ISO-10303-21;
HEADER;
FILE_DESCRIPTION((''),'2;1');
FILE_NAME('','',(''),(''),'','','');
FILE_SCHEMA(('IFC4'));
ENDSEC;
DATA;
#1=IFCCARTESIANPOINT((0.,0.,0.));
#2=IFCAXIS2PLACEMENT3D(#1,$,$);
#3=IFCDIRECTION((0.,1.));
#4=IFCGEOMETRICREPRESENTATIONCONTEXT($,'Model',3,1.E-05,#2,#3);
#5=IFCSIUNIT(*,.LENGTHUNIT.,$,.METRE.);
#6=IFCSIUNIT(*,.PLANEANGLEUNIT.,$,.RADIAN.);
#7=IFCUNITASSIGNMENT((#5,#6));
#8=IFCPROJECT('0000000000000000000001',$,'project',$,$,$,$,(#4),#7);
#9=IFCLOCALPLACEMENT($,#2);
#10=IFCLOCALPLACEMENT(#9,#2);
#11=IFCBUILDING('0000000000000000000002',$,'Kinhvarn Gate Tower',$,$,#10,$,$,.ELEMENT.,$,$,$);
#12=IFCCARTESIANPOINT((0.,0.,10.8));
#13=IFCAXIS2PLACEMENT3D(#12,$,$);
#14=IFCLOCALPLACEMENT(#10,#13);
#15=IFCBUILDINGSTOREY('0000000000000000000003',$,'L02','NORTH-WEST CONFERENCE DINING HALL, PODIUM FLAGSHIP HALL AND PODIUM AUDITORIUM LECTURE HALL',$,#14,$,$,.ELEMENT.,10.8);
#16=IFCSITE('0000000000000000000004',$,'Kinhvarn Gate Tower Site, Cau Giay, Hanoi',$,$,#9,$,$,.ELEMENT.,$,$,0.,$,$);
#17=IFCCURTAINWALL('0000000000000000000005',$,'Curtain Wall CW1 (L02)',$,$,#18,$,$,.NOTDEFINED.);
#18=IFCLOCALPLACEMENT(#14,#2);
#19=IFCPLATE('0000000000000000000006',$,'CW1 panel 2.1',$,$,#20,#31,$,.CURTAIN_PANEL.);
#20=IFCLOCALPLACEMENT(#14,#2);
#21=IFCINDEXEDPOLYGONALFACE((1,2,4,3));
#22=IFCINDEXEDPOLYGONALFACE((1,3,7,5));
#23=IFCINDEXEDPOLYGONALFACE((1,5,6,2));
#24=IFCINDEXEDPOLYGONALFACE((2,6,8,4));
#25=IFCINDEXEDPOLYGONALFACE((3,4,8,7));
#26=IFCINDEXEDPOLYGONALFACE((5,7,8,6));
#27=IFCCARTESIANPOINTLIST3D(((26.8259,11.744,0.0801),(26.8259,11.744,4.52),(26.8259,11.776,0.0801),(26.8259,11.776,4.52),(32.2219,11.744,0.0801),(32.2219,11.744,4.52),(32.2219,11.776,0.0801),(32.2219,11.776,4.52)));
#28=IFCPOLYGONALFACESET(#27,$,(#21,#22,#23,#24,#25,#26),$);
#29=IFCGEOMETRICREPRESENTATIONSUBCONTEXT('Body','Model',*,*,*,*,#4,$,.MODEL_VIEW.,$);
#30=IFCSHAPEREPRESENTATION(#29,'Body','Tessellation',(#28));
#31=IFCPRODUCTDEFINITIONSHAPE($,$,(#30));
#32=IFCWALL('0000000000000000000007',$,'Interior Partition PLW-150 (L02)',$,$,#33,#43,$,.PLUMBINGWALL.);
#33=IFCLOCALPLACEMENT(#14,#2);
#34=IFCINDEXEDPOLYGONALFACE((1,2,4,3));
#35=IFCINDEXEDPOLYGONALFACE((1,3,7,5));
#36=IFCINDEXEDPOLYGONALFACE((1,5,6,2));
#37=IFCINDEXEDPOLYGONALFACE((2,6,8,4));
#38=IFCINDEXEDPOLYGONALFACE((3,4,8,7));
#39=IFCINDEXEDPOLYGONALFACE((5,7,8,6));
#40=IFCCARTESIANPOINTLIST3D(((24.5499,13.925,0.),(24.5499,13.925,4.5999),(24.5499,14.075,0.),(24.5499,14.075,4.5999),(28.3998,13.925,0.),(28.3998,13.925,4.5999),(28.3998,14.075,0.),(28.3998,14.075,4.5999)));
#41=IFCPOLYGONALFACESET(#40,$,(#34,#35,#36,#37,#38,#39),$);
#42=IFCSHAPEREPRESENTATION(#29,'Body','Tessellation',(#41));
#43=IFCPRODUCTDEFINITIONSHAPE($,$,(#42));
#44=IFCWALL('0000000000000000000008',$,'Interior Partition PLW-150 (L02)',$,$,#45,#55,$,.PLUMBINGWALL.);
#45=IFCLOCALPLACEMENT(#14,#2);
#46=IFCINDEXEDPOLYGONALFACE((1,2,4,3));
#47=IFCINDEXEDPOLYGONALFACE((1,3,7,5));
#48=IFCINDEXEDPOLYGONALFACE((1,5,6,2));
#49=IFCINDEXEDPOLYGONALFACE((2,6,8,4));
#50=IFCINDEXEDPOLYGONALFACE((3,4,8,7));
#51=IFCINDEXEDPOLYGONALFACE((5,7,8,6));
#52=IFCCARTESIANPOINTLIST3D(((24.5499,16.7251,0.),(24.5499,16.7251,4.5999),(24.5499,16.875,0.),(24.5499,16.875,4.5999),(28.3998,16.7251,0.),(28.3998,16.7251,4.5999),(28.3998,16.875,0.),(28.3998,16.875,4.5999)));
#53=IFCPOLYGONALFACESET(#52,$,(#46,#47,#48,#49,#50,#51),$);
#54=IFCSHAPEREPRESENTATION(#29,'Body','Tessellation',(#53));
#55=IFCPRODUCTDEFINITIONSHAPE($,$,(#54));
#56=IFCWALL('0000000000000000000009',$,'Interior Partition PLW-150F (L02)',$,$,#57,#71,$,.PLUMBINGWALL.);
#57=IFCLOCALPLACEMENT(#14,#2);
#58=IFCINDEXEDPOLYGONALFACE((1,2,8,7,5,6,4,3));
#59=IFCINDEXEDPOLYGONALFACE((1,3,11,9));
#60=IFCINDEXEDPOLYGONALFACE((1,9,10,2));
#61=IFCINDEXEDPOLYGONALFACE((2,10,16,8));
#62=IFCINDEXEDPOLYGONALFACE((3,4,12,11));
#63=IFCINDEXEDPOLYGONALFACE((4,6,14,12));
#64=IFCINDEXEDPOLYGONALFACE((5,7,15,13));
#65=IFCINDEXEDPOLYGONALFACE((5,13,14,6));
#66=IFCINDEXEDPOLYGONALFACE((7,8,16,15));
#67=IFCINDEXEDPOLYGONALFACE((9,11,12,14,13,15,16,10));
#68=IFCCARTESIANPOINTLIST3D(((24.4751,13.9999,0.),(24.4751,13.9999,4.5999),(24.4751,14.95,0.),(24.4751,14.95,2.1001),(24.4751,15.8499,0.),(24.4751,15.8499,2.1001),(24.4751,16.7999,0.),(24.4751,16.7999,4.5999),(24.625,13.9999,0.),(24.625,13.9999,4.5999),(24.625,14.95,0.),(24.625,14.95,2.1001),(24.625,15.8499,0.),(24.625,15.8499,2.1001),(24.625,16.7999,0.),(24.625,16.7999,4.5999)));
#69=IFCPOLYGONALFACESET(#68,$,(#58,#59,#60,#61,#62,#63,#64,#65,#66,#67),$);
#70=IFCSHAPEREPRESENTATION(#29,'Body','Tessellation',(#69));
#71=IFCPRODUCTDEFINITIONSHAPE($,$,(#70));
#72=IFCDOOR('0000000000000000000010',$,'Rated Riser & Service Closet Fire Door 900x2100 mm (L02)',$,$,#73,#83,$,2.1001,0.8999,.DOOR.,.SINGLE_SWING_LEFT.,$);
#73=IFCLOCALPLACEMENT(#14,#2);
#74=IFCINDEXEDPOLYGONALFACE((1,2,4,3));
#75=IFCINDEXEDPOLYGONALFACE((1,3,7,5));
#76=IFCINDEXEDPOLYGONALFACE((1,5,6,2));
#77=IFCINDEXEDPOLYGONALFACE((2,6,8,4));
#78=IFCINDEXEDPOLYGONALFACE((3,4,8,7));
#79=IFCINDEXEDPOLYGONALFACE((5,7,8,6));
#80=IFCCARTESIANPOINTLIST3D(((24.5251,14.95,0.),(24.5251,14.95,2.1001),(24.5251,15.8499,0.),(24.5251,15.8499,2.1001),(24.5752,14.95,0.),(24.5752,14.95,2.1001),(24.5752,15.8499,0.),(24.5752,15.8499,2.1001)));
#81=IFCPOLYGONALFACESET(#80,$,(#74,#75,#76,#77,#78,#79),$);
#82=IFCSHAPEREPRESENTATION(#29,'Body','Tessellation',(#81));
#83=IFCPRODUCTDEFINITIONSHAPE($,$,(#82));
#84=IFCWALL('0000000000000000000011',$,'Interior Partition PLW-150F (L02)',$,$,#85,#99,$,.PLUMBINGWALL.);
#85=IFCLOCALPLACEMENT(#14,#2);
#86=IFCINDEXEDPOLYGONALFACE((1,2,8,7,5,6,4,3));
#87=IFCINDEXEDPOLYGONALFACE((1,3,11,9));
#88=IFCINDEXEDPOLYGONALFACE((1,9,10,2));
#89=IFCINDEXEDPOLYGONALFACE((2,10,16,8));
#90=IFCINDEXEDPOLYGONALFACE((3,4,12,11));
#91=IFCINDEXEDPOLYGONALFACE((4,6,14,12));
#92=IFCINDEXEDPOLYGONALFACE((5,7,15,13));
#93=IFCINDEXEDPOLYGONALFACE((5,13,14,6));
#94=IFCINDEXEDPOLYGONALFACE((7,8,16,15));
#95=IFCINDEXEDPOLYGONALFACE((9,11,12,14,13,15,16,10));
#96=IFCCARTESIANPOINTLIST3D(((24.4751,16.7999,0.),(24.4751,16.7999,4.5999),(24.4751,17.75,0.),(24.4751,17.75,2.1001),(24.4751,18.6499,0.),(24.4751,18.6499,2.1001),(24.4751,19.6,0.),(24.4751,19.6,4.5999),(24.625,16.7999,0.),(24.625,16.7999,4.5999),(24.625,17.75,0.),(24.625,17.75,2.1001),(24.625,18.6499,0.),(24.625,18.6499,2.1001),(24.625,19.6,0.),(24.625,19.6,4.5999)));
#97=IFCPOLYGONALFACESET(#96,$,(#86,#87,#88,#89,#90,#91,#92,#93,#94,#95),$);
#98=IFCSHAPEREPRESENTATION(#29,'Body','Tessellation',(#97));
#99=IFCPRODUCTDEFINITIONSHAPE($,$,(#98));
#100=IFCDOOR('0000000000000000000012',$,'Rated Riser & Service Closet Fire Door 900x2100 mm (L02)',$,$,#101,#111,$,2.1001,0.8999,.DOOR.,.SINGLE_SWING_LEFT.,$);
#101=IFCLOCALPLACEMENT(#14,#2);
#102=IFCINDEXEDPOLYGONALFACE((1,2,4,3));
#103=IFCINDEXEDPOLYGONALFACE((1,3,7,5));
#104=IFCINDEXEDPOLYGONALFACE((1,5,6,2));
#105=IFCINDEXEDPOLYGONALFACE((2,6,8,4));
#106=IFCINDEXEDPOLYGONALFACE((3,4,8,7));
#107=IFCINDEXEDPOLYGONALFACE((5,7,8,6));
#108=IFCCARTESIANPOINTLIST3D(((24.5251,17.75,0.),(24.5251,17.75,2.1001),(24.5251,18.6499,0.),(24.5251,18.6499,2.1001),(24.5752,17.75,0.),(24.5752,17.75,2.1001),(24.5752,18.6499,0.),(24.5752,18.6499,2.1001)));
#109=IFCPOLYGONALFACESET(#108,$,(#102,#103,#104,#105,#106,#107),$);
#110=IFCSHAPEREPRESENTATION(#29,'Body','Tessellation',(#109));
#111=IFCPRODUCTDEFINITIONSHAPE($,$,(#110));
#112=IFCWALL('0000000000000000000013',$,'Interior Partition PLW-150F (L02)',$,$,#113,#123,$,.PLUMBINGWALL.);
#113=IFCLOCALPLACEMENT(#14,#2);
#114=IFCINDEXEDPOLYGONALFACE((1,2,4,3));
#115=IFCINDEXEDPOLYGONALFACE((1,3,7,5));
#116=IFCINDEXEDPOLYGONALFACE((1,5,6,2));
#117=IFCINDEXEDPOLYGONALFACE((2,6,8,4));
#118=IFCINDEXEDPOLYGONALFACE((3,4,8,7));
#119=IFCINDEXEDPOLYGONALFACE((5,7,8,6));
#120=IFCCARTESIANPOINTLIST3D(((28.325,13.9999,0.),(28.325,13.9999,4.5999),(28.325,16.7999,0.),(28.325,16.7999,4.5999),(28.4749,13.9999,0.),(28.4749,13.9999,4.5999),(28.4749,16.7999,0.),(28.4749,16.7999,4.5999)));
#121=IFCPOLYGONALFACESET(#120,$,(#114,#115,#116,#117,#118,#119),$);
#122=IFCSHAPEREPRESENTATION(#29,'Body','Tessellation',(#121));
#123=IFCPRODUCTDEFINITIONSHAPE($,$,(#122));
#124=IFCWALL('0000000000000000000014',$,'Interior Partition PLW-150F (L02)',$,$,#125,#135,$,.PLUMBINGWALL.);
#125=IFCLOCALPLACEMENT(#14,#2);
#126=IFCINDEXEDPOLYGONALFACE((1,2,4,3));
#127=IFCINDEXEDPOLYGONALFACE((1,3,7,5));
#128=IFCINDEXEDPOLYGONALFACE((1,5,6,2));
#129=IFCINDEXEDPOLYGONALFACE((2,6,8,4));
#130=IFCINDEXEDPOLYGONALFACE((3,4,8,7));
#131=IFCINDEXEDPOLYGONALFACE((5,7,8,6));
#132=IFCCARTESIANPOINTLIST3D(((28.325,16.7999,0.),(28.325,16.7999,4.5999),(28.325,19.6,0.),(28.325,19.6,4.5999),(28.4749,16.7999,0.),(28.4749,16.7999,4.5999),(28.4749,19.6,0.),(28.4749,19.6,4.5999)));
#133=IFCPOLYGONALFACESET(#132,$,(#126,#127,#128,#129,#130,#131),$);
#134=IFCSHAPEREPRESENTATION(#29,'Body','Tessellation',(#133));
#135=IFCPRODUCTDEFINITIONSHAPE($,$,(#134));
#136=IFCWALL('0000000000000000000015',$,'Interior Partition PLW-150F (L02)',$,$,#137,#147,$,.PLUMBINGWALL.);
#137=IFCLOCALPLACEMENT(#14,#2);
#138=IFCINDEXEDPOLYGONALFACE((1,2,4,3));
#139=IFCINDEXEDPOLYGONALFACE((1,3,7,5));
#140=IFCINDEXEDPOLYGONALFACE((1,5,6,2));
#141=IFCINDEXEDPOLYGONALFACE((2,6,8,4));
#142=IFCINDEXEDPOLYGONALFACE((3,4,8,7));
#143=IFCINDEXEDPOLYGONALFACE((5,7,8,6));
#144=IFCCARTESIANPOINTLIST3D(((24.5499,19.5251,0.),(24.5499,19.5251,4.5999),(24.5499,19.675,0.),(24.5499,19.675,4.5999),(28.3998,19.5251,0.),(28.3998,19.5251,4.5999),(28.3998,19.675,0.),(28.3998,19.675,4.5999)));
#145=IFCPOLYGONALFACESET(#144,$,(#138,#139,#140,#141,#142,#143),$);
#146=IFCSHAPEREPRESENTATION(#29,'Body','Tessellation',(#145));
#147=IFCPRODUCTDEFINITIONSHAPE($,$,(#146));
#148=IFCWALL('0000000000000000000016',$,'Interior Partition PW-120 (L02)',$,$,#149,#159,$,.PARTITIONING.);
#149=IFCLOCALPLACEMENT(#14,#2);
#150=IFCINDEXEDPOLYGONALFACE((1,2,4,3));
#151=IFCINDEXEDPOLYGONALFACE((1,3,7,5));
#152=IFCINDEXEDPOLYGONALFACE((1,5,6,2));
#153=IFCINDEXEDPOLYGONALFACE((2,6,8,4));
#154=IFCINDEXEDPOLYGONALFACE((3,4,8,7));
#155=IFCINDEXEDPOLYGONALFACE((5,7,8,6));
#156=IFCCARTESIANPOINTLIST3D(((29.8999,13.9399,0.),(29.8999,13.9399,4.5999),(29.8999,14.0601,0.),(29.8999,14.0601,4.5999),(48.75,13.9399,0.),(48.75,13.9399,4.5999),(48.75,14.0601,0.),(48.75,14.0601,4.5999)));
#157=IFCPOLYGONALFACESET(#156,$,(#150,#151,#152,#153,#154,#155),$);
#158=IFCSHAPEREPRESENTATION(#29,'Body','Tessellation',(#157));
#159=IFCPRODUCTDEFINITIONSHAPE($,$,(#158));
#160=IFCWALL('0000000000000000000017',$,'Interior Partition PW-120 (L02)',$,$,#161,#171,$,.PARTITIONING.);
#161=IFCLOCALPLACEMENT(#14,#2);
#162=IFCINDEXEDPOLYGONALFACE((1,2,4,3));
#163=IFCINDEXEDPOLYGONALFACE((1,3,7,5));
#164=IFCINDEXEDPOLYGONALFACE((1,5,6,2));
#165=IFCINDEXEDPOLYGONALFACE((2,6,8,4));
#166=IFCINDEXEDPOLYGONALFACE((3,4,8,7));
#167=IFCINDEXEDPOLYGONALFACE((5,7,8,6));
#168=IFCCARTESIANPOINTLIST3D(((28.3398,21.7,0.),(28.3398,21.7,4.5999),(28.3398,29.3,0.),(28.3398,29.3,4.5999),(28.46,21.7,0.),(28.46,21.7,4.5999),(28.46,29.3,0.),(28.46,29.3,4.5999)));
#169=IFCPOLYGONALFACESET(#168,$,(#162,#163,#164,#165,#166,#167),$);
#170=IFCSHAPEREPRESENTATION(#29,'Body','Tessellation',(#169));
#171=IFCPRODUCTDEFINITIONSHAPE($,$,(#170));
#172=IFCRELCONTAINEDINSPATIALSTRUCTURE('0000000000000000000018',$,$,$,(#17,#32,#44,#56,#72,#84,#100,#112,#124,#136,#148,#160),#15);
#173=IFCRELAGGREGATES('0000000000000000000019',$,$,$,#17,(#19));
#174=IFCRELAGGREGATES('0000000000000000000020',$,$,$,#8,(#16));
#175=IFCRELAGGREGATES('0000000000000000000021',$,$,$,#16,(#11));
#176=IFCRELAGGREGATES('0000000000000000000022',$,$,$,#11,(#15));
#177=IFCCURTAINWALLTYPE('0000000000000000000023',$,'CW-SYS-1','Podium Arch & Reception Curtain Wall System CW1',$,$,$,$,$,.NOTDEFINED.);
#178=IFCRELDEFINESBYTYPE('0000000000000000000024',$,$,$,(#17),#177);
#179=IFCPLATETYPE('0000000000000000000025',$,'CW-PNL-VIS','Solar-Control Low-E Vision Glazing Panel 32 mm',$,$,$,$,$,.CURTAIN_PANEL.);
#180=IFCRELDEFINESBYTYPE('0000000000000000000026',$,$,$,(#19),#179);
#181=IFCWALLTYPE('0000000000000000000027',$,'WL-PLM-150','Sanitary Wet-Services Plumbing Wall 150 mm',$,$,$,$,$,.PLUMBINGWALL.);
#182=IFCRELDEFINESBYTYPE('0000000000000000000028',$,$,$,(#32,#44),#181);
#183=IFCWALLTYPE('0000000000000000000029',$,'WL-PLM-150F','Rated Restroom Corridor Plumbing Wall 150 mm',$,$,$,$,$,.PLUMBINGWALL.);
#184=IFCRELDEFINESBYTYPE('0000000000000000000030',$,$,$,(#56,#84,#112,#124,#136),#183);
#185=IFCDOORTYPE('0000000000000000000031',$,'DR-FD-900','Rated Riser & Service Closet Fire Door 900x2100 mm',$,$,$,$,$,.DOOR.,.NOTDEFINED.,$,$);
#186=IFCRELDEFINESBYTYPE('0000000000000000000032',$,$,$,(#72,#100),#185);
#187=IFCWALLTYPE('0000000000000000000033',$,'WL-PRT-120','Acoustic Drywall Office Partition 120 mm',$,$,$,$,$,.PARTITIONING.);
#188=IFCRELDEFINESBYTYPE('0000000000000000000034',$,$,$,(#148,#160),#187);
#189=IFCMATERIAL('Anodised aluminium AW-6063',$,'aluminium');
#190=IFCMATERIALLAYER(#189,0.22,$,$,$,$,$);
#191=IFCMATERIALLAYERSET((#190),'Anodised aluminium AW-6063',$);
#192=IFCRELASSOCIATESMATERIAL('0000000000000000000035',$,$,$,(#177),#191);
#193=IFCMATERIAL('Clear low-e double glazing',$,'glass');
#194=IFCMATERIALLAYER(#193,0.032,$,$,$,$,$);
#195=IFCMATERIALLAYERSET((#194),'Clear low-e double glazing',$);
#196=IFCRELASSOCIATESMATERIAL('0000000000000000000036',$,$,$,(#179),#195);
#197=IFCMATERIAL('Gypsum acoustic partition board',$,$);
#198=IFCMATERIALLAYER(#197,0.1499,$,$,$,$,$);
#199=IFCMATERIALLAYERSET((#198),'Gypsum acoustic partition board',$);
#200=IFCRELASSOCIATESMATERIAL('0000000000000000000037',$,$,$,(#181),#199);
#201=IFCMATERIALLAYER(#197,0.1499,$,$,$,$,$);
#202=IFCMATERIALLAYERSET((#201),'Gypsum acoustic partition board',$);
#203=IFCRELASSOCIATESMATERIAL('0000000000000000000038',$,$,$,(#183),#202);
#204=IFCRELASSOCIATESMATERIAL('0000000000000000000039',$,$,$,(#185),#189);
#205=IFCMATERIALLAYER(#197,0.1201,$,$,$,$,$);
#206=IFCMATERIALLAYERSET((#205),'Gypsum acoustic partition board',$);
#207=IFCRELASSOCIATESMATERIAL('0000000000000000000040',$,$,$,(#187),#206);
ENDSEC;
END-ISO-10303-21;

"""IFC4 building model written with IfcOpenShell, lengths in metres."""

from ifc_helpers import new_model, si_unit, direction, frame, frame_2d, origin, origin_2d, place, context, subcontext, project, spatial, rectangle, extrude, material, layer, layer_set, type_object, element, fill, aggregate, save


model = new_model("IFC4")

# Units and contexts
model_context = context("Model", 3, precision=1e-05, world=origin(), true_north=direction((0.0, 1.0)))
body_context = subcontext(model_context, "Body", "Model", "MODEL_VIEW")
ifc_project = project(units=[si_unit("LENGTHUNIT", "METRE"), si_unit("PLANEANGLEUNIT", "RADIAN")], contexts=[model_context])

# Site, building, storey
site_placement = place(None, origin())
site = spatial("IfcSite", under=ifc_project, at=site_placement, Name="Kinhvarn Gate Tower Site, Cau Giay, Hanoi", CompositionType="ELEMENT", RefElevation=0.0)
building_placement = place(site_placement, origin())
building = spatial("IfcBuilding", under=site, at=building_placement, Name="Kinhvarn Gate Tower", CompositionType="ELEMENT")
storey_placement = place(building_placement, frame((0.0, 0.0, 10.8)))
storey = spatial("IfcBuildingStorey", under=building, at=storey_placement, Name="L02", Description="NORTH-WEST CONFERENCE DINING HALL, PODIUM FLAGSHIP HALL AND PODIUM AUDITORIUM LECTURE HALL", CompositionType="ELEMENT", Elevation=10.8)

# Curtain wall
ifc_material_1 = material(Name="Anodised aluminium AW-6063", Category="aluminium")
ifc_layer_1 = layer(ifc_material_1, 0.22)
ifc_layer_set_1 = layer_set([ifc_layer_1], Name="Anodised aluminium AW-6063")
curtain_wall_type = type_object("IfcCurtainWallType", Name="CW-SYS-1", Description="Podium Arch & Reception Curtain Wall System CW1", PredefinedType="NOTDEFINED", material=ifc_layer_set_1)
curtain_wall_placement = place(storey_placement, origin())
curtain_wall = element("IfcCurtainWall", 1, at=curtain_wall_placement, inside=storey, type_object=curtain_wall_type, Name="Curtain Wall CW1 (L02)", PredefinedType="NOTDEFINED")

# Plate
ifc_material_2 = material(Name="Clear low-e double glazing", Category="glass")
ifc_layer_2 = layer(ifc_material_2, 0.032)
ifc_layer_set_2 = layer_set([ifc_layer_2], Name="Clear low-e double glazing")
plate_type = type_object("IfcPlateType", Name="CW-PNL-VIS", Description="Solar-Control Low-E Vision Glazing Panel 32 mm", PredefinedType="CURTAIN_PANEL", material=ifc_layer_set_2)
plate_1_placement = place(storey_placement, frame((29.5239, 11.76, 0.0801), z_axis=(0.0, 0.0, 1.0), x_axis=(1.0, 0.0, 0.0)))
plate_1 = element("IfcPlate", 2, at=plate_1_placement, type_object=plate_type, Name="CW1 panel 2.1", PredefinedType="CURTAIN_PANEL", context=body_context, shape_type="SweptSolid", body=[
    extrude(rectangle(XDim=5.396, YDim=0.032, at=origin_2d()), origin(), (0.0, 0.0, 1.0), 4.4399),
])
aggregate(curtain_wall, [plate_1])

# Walls
ifc_material_3 = material(Name="Gypsum acoustic partition board")
ifc_layer_3 = layer(ifc_material_3, 0.1499)
ifc_layer_set_3 = layer_set([ifc_layer_3], Name="Gypsum acoustic partition board")
wall_type_1 = type_object("IfcWallType", Name="WL-PLM-150", Description="Sanitary Wet-Services Plumbing Wall 150 mm", PredefinedType="PLUMBINGWALL", material=ifc_layer_set_3)
for number, where, z_axis, x_axis, name in (
    (3, (24.55, 14.0, 0.0), (0.0, 0.0, 1.0), (1.0, 0.0, 0.0), "Interior Partition PLW-150 (L02)"),
    (4, (24.55, 16.8, 0.0), (0.0, 0.0, 1.0), (1.0, 0.0, 0.0), "Interior Partition PLW-150 (L02)"),
):
    element("IfcWall", number, at=place(storey_placement, frame(where, z_axis=z_axis, x_axis=x_axis)), inside=storey, type_object=wall_type_1, Name=name, PredefinedType="PLUMBINGWALL", context=body_context, shape_type="SweptSolid", body=[
        extrude(rectangle(XDim=3.8499, YDim=0.1499, at=frame_2d((1.9248, 0.0))), origin(), (0.0, 0.0, 1.0), 4.5999),
    ])

# Walls, openings, doors
ifc_layer_4 = layer(ifc_material_3, 0.1499)
ifc_layer_set_4 = layer_set([ifc_layer_4], Name="Gypsum acoustic partition board")
wall_type_2 = type_object("IfcWallType", Name="WL-PLM-150F", Description="Rated Restroom Corridor Plumbing Wall 150 mm", PredefinedType="PLUMBINGWALL", material=ifc_layer_set_4)
wall_1_placement = place(storey_placement, frame((24.55, 14.0, 0.0), z_axis=(0.0, 0.0, 1.0), x_axis=(0.0, 1.0, 0.0)))
wall_1 = element("IfcWall", 5, at=wall_1_placement, inside=storey, type_object=wall_type_2, Name="Interior Partition PLW-150F (L02)", PredefinedType="PLUMBINGWALL", context=body_context, shape_type="SweptSolid", body=[
    extrude(rectangle(XDim=2.8, YDim=0.1499, at=frame_2d((1.3999, 0.0))), origin(), (0.0, 0.0, 1.0), 4.5999),
])
opening_1_placement = place(wall_1_placement, frame((0.95, 0.0, 0.0)))
opening_1 = element("IfcOpeningElement", 6, at=opening_1_placement, cuts=wall_1, PredefinedType="OPENING", context=body_context, shape_type="SweptSolid", body=[
    extrude(rectangle(XDim=0.8999, YDim=2.1001, at=frame_2d((0.45, 1.05))), frame((0.0, 0.085, 0.0), z_axis=(0.0, -1.0, 0.0), x_axis=(1.0, 0.0, 0.0)), (0.0, 0.0, 1.0), 0.1699),
])
door_type_1 = type_object("IfcDoorType", Name="DR-FD-900", Description="Rated Riser & Service Closet Fire Door 900x2100 mm", OperationType="NOTDEFINED", PredefinedType="DOOR", material=ifc_material_1)
door_1_placement = place(opening_1_placement, origin())
door_1 = element("IfcDoor", 7, at=door_1_placement, inside=storey, type_object=door_type_1, Name="Rated Riser & Service Closet Fire Door 900x2100 mm (L02)", OperationType="SINGLE_SWING_LEFT", OverallHeight=2.1001, OverallWidth=0.8999, PredefinedType="DOOR", context=body_context, shape_type="SweptSolid", body=[
    extrude(rectangle(XDim=0.8999, YDim=2.1001, at=frame_2d((0.45, 1.05))), frame((0.0, 0.0249, 0.0), z_axis=(0.0, -1.0, 0.0), x_axis=(1.0, 0.0, 0.0)), (0.0, 0.0, 1.0), 0.05),
])
fill(opening_1, door_1)
wall_2_placement = place(storey_placement, frame((24.55, 16.8, 0.0), z_axis=(0.0, 0.0, 1.0), x_axis=(0.0, 1.0, 0.0)))
wall_2 = element("IfcWall", 8, at=wall_2_placement, inside=storey, type_object=wall_type_2, Name="Interior Partition PLW-150F (L02)", PredefinedType="PLUMBINGWALL", context=body_context, shape_type="SweptSolid", body=[
    extrude(rectangle(XDim=2.8, YDim=0.1499, at=frame_2d((1.3999, 0.0))), origin(), (0.0, 0.0, 1.0), 4.5999),
])
opening_2_placement = place(wall_2_placement, frame((0.95, 0.0, 0.0)))
opening_2 = element("IfcOpeningElement", 9, at=opening_2_placement, cuts=wall_2, PredefinedType="OPENING", context=body_context, shape_type="SweptSolid", body=[
    extrude(rectangle(XDim=0.8999, YDim=2.1001, at=frame_2d((0.45, 1.05))), frame((0.0, 0.085, 0.0), z_axis=(0.0, -1.0, 0.0), x_axis=(1.0, 0.0, 0.0)), (0.0, 0.0, 1.0), 0.1699),
])
door_2_placement = place(opening_2_placement, origin())
door_2 = element("IfcDoor", 10, at=door_2_placement, inside=storey, type_object=door_type_1, Name="Rated Riser & Service Closet Fire Door 900x2100 mm (L02)", OperationType="SINGLE_SWING_LEFT", OverallHeight=2.1001, OverallWidth=0.8999, PredefinedType="DOOR", context=body_context, shape_type="SweptSolid", body=[
    extrude(rectangle(XDim=0.8999, YDim=2.1001, at=frame_2d((0.45, 1.05))), frame((0.0, 0.0249, 0.0), z_axis=(0.0, -1.0, 0.0), x_axis=(1.0, 0.0, 0.0)), (0.0, 0.0, 1.0), 0.05),
])
fill(opening_2, door_2)

# Walls
for number, where, z_axis, x_axis, name in (
    (11, (28.3999, 14.0, 0.0), (0.0, 0.0, 1.0), (0.0, 1.0, 0.0), "Interior Partition PLW-150F (L02)"),
    (12, (28.3999, 16.8, 0.0), (0.0, 0.0, 1.0), (0.0, 1.0, 0.0), "Interior Partition PLW-150F (L02)"),
):
    element("IfcWall", number, at=place(storey_placement, frame(where, z_axis=z_axis, x_axis=x_axis)), inside=storey, type_object=wall_type_2, Name=name, PredefinedType="PLUMBINGWALL", context=body_context, shape_type="SweptSolid", body=[
        extrude(rectangle(XDim=2.8, YDim=0.1499, at=frame_2d((1.3999, 0.0))), origin(), (0.0, 0.0, 1.0), 4.5999),
    ])
wall_3_placement = place(storey_placement, frame((24.55, 19.6001, 0.0), z_axis=(0.0, 0.0, 1.0), x_axis=(1.0, 0.0, 0.0)))
element("IfcWall", 13, at=wall_3_placement, inside=storey, type_object=wall_type_2, Name="Interior Partition PLW-150F (L02)", PredefinedType="PLUMBINGWALL", context=body_context, shape_type="SweptSolid", body=[
    extrude(rectangle(XDim=3.8499, YDim=0.1499, at=frame_2d((1.9248, 0.0))), origin(), (0.0, 0.0, 1.0), 4.5999),
])
ifc_layer_5 = layer(ifc_material_3, 0.1201)
ifc_layer_set_5 = layer_set([ifc_layer_5], Name="Gypsum acoustic partition board")
wall_type_3 = type_object("IfcWallType", Name="WL-PRT-120", Description="Acoustic Drywall Office Partition 120 mm", PredefinedType="PARTITIONING", material=ifc_layer_set_5)
wall_4_placement = place(storey_placement, frame((29.8999, 14.0, 0.0), z_axis=(0.0, 0.0, 1.0), x_axis=(1.0, 0.0, 0.0)))
element("IfcWall", 14, at=wall_4_placement, inside=storey, type_object=wall_type_3, Name="Interior Partition PW-120 (L02)", PredefinedType="PARTITIONING", context=body_context, shape_type="SweptSolid", body=[
    extrude(rectangle(XDim=18.8501, YDim=0.1201, at=frame_2d((9.425, 0.0))), origin(), (0.0, 0.0, 1.0), 4.5999),
])
wall_5_placement = place(storey_placement, frame((28.3999, 21.7, 0.0), z_axis=(0.0, 0.0, 1.0), x_axis=(0.0, 1.0, 0.0)))
element("IfcWall", 15, at=wall_5_placement, inside=storey, type_object=wall_type_3, Name="Interior Partition PW-120 (L02)", PredefinedType="PARTITIONING", context=body_context, shape_type="SweptSolid", body=[
    extrude(rectangle(XDim=7.6001, YDim=0.1201, at=frame_2d((3.8, 0.0))), origin(), (0.0, 0.0, 1.0), 4.5999),
])

save(model, "model.ifc")
